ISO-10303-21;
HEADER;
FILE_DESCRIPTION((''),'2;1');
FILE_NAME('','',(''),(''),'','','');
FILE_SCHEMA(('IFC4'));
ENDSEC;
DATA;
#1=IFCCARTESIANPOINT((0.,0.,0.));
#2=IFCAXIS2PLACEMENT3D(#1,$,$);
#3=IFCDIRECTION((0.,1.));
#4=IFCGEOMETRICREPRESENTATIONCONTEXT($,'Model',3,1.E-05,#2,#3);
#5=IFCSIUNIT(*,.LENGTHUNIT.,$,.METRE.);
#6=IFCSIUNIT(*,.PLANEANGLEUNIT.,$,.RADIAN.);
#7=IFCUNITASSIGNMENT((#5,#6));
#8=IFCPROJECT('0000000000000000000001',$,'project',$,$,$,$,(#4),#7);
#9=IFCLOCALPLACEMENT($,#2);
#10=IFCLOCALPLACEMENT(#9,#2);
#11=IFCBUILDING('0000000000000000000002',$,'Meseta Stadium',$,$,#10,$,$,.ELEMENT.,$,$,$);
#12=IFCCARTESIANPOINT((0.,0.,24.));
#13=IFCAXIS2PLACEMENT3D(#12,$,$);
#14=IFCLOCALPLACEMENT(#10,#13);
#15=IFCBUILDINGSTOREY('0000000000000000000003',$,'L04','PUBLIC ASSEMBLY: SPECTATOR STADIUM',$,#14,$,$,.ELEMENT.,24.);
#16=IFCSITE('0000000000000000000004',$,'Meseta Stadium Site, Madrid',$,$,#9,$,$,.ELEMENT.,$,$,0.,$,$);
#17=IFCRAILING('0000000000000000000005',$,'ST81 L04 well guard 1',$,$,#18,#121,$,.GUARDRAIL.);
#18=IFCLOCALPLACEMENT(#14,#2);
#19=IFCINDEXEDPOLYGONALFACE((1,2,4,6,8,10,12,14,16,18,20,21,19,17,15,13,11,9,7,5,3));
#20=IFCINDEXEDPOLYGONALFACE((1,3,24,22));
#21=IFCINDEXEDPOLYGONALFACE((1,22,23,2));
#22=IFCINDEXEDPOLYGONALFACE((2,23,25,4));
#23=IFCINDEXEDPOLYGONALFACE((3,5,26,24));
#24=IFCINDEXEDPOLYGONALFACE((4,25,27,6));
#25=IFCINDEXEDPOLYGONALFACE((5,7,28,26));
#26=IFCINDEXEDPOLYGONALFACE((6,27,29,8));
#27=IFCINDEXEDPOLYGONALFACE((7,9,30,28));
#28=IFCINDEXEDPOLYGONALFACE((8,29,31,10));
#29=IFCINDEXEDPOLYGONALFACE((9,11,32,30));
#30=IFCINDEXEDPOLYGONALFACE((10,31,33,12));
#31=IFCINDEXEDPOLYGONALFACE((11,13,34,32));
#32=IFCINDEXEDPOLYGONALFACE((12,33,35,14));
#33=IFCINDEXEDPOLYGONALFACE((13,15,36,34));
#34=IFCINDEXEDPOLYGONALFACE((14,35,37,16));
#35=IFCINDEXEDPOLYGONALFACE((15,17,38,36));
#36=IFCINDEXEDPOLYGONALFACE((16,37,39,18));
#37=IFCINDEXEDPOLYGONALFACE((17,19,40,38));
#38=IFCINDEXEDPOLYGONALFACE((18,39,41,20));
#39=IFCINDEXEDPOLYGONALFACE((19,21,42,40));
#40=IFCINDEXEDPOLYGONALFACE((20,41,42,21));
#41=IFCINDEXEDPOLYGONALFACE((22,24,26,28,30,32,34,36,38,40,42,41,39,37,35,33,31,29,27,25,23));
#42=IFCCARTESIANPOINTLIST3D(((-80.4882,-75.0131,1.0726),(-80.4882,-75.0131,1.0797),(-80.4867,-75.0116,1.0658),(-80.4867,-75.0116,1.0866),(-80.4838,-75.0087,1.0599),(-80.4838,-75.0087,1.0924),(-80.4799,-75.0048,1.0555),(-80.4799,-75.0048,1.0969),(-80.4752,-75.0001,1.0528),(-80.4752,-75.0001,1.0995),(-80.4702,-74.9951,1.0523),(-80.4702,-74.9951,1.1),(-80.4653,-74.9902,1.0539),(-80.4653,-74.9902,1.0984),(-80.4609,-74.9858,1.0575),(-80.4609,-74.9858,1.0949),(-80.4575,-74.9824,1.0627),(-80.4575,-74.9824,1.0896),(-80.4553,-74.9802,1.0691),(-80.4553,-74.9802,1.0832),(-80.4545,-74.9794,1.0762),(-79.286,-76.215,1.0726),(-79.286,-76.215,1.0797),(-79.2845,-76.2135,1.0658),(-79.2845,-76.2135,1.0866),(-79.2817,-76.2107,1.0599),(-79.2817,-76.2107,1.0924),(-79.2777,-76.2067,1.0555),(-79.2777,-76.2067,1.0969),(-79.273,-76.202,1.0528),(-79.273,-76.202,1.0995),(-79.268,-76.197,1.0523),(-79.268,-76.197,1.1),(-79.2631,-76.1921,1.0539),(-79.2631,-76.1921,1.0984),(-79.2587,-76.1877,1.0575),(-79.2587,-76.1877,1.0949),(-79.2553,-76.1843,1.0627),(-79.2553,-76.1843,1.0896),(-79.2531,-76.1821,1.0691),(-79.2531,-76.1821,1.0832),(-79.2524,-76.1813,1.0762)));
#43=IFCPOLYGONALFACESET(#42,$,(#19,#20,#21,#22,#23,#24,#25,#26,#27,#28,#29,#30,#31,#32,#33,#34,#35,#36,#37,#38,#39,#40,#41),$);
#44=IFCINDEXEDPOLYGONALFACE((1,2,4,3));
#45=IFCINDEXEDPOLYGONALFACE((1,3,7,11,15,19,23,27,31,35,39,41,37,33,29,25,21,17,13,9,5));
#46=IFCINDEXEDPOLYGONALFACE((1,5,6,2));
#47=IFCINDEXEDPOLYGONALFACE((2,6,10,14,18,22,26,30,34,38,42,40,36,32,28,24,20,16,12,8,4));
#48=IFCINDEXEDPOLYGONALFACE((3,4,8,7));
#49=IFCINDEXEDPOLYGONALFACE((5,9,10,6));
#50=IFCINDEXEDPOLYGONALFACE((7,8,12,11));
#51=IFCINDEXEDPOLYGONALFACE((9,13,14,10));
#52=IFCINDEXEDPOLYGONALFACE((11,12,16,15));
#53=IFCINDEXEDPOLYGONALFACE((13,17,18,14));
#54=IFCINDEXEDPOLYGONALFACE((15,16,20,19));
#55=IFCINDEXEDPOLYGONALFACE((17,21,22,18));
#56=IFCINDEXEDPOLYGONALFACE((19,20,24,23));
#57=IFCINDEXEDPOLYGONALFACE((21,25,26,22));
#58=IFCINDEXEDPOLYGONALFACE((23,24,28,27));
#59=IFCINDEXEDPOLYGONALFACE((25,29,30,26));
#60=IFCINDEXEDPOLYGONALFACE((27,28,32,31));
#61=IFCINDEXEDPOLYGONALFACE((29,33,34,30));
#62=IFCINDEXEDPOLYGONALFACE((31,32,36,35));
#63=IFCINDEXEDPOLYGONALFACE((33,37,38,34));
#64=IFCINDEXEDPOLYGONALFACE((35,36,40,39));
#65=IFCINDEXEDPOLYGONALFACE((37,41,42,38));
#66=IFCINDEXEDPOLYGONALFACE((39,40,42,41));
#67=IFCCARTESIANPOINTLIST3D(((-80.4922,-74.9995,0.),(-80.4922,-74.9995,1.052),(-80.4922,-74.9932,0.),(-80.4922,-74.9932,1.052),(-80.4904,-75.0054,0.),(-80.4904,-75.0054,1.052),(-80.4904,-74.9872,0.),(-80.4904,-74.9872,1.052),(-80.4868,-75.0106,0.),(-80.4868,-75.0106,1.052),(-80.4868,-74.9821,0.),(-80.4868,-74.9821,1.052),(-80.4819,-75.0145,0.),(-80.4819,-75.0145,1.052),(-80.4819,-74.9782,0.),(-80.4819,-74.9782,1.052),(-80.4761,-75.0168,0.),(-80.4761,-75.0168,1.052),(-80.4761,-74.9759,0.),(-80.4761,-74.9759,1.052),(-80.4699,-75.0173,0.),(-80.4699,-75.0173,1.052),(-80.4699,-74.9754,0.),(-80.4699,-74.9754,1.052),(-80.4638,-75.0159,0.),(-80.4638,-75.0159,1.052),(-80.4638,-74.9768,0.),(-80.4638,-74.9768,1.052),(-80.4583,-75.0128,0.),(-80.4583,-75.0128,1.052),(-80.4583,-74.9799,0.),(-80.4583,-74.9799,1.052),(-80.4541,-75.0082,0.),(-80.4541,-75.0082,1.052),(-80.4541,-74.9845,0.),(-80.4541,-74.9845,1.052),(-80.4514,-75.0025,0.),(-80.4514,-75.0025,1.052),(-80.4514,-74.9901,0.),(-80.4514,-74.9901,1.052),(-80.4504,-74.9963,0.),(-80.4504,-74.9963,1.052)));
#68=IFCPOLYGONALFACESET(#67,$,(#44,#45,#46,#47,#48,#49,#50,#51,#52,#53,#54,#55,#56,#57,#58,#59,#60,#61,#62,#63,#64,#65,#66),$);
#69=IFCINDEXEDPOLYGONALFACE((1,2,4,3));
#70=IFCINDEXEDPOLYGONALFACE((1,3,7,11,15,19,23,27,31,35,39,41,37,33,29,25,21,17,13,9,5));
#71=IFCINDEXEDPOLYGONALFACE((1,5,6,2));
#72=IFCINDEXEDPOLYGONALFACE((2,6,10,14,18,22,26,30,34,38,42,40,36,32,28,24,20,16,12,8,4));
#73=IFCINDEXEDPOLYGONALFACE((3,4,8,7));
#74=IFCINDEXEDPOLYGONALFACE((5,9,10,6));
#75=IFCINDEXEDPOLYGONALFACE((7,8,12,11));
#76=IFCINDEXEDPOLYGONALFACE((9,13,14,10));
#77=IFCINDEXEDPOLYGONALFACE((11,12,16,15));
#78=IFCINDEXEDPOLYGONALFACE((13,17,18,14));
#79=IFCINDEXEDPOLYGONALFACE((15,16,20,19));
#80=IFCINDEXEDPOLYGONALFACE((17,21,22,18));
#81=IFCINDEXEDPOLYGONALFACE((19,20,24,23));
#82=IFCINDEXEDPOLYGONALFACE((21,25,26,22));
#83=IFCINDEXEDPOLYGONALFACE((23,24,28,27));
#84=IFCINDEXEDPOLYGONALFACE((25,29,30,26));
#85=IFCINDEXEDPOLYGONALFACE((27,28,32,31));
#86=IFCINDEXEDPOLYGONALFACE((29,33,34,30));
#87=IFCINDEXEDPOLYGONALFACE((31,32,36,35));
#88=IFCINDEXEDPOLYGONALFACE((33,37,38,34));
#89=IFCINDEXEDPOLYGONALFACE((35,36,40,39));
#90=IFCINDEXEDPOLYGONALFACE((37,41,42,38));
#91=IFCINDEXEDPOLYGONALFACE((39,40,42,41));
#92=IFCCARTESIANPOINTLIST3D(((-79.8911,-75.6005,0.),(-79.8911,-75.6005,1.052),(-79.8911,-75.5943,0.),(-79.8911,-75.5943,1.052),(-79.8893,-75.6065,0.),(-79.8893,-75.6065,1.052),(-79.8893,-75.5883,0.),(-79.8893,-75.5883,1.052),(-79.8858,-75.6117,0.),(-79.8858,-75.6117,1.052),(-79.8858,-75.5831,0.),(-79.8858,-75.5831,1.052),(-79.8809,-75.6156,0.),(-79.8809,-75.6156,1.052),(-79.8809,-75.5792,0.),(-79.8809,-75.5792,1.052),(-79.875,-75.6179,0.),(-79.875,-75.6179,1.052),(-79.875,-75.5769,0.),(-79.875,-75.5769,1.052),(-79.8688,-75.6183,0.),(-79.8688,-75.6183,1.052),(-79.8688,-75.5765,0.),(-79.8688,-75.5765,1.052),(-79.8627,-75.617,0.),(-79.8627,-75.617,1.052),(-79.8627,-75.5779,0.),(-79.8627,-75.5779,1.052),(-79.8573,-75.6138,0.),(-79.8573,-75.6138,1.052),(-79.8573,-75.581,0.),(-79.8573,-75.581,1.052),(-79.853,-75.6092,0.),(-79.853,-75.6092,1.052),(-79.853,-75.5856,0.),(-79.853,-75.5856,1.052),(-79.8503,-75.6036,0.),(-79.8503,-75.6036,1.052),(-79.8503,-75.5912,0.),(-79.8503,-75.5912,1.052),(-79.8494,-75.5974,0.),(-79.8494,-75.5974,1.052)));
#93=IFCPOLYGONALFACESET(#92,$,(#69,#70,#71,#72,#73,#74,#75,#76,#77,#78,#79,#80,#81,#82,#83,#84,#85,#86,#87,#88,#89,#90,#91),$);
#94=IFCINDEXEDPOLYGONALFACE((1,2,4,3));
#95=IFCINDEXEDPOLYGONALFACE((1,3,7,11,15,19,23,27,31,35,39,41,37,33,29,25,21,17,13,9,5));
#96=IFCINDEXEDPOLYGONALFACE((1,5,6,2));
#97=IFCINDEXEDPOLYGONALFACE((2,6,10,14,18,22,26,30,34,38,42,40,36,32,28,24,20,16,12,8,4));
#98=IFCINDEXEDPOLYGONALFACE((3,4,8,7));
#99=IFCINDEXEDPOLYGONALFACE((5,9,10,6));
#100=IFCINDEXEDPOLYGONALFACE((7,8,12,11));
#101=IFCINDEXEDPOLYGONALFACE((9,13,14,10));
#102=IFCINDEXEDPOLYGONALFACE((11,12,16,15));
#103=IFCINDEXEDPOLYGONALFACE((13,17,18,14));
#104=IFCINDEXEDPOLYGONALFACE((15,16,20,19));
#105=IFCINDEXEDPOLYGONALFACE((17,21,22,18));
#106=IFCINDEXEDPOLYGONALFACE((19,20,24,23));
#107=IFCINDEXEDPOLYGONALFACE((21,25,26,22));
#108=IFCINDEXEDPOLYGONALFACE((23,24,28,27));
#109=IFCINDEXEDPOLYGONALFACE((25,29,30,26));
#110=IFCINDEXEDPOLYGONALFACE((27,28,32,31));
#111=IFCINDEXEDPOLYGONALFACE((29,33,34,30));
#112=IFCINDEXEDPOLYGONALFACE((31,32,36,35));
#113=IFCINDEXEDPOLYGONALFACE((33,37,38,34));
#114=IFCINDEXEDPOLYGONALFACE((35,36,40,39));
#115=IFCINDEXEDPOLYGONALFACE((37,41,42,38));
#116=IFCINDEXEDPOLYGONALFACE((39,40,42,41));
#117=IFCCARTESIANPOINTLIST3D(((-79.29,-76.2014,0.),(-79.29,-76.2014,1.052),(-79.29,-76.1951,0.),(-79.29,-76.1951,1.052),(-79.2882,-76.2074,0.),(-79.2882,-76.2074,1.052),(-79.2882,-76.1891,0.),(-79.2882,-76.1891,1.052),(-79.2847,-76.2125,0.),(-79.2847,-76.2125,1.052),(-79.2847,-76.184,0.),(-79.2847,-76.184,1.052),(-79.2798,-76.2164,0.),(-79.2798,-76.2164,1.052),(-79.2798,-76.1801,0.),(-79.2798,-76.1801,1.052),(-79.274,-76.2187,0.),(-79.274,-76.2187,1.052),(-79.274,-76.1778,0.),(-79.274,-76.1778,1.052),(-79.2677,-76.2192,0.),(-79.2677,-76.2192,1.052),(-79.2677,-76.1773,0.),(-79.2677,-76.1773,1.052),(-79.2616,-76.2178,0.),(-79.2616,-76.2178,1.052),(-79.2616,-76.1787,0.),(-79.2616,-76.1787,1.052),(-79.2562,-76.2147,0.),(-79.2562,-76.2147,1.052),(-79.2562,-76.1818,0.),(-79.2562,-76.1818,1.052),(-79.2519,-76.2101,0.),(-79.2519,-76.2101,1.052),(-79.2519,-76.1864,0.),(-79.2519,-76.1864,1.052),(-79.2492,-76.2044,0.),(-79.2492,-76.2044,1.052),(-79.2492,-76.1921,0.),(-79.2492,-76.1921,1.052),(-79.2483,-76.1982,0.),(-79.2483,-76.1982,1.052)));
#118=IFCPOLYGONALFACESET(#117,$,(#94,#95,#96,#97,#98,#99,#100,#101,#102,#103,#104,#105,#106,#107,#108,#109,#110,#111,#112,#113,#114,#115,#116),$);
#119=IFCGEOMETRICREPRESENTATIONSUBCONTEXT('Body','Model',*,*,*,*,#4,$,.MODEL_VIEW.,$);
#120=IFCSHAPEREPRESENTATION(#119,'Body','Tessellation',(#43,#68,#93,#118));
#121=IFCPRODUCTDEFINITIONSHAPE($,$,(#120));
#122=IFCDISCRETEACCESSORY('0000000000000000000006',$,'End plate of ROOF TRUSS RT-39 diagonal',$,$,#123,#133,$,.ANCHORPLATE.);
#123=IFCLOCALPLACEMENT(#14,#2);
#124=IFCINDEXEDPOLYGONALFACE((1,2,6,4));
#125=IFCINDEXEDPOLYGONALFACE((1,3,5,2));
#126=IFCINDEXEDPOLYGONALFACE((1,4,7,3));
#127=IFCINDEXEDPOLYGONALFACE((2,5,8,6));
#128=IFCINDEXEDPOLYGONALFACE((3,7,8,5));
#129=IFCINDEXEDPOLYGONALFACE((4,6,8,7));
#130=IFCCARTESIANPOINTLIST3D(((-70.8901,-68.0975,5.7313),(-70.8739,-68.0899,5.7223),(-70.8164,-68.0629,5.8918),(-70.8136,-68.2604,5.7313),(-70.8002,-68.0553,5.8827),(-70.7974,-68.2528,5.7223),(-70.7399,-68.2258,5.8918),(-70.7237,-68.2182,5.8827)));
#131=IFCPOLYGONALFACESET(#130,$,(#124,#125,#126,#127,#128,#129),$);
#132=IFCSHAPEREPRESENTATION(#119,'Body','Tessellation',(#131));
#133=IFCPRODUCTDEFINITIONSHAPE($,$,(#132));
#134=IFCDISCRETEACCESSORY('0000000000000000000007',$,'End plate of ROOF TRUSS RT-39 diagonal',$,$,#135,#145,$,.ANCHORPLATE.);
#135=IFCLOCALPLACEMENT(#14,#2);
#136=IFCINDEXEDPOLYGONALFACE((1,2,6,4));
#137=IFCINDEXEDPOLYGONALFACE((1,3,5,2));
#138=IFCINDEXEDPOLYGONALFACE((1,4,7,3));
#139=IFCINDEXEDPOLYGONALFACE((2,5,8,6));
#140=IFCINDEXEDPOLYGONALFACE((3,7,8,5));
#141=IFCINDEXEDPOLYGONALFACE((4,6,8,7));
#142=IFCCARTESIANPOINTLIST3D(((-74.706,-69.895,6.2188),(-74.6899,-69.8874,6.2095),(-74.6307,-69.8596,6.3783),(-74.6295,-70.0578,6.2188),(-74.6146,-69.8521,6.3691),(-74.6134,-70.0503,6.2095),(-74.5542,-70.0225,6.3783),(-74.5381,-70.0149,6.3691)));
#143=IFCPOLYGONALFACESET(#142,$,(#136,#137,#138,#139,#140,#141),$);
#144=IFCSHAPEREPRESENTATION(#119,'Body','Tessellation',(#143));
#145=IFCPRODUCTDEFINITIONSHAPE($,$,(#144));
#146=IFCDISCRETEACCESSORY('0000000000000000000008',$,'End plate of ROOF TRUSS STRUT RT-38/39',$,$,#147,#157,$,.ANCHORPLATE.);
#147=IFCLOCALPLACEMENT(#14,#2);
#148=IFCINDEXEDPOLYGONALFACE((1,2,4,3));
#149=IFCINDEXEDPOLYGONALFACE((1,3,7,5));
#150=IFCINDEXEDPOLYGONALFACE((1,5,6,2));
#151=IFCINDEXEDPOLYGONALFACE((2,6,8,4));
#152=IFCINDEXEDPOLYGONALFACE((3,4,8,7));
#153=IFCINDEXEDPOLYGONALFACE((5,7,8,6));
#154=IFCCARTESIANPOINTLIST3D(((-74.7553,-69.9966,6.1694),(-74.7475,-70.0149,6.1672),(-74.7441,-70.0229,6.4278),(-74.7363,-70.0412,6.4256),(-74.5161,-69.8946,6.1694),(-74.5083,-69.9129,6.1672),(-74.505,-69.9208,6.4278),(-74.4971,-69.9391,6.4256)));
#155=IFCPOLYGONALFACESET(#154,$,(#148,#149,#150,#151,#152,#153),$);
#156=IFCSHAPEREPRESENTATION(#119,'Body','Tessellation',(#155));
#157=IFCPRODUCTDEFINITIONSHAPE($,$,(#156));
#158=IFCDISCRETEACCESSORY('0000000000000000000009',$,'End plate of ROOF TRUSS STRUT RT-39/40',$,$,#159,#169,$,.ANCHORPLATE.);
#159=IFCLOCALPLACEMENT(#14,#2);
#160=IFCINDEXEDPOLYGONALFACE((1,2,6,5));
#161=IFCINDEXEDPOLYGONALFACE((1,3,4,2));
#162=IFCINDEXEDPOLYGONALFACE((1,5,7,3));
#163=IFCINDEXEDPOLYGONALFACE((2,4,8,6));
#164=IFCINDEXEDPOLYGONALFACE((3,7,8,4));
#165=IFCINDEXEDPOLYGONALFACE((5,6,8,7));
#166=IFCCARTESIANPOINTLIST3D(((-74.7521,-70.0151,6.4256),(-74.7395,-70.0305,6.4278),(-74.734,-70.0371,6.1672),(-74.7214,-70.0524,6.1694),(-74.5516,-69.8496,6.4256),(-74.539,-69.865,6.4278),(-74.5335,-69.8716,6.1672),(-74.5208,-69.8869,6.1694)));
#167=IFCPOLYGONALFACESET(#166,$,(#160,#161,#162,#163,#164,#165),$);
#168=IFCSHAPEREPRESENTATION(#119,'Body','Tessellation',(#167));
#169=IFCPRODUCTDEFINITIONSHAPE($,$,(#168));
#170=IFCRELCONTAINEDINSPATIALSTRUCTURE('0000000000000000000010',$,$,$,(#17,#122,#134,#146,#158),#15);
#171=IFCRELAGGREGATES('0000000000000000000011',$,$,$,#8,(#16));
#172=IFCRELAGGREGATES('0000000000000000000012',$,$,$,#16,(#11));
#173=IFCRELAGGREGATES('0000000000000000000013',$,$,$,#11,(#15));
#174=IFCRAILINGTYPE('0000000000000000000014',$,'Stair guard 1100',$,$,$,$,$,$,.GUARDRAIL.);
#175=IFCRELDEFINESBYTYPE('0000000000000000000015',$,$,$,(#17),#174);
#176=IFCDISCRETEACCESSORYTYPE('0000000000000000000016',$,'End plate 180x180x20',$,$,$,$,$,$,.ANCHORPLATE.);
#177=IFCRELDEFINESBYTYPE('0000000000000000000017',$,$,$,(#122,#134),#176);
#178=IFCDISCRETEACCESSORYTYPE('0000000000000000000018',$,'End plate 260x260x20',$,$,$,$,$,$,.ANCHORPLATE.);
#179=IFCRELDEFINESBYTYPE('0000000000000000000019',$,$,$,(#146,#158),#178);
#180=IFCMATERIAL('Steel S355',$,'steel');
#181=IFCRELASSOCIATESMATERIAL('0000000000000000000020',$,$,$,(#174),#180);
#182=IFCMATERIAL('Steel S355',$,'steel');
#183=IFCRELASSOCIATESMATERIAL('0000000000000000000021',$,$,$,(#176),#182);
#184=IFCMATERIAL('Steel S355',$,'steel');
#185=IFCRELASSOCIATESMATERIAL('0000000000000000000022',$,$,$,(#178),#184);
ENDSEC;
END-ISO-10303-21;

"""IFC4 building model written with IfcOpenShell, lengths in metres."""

from ifc_helpers import new_model, si_unit, direction, frame, origin, origin_2d, place, context, subcontext, project, spatial, rectangle, circle, extrude, material, material_profile, profile_set, type_object, element, save


model = new_model("IFC4")

# Units and contexts
model_context = context("Model", 3, precision=1e-05, world=origin(), true_north=direction((0.0, 1.0)))
body_context = subcontext(model_context, "Body", "Model", "MODEL_VIEW")
ifc_project = project(units=[si_unit("LENGTHUNIT", "METRE"), si_unit("PLANEANGLEUNIT", "RADIAN")], contexts=[model_context])

# Site, building, storey
site_placement = place(None, origin())
site = spatial("IfcSite", under=ifc_project, at=site_placement, Name="Meseta Stadium Site, Madrid", CompositionType="ELEMENT", RefElevation=0.0)
building_placement = place(site_placement, origin())
building = spatial("IfcBuilding", under=site, at=building_placement, Name="Meseta Stadium", CompositionType="ELEMENT")
storey_placement = place(building_placement, frame((0.0, 0.0, 24.0)))
storey = spatial("IfcBuildingStorey", under=building, at=storey_placement, Name="L04", Description="PUBLIC ASSEMBLY: SPECTATOR STADIUM", CompositionType="ELEMENT", Elevation=24.0)

# Railing
ifc_material_1 = material(Name="Steel S355", Category="steel")
railing_type_1 = type_object("IfcRailingType", Name="Stair guard 1100", PredefinedType="GUARDRAIL", material=ifc_material_1)
railing_1_placement = place(storey_placement, frame((-80.4714, -74.9963, 0.0)))
element("IfcRailing", 1, at=railing_1_placement, inside=storey, type_object=railing_type_1, Name="ST81 L04 well guard 1", PredefinedType="GUARDRAIL", context=body_context, shape_type="SweptSolid", body=[
    extrude(circle(Radius=0.0239, at=origin_2d()), frame((0.0, 0.0, 1.0762), z_axis=(0.707179, -0.707035, 0.0), x_axis=(0.707035, 0.707179, 0.0)), (0.0, 0.0, 1.0), 1.7),
    extrude(circle(Radius=0.021, at=origin_2d()), origin(), (0.0, 0.0, 1.0), 1.052),
    extrude(circle(Radius=0.021, at=origin_2d()), frame((0.6011, -0.6011, 0.0)), (0.0, 0.0, 1.0), 1.052),
    extrude(circle(Radius=0.021, at=origin_2d()), frame((1.2021, -1.2019, 0.0)), (0.0, 0.0, 1.0), 1.052),
])

# Discrete accessories
ifc_material_2 = material(Name="Steel S355", Category="steel")
ifc_material_profile_1 = material_profile(ifc_material_2, rectangle(XDim=0.1799, YDim=0.1799, at=origin_2d()), Name="PL 180x180")
ifc_profile_set_1 = profile_set([ifc_material_profile_1], Name="Steel S355")
discrete_accessory_type_1 = type_object("IfcDiscreteAccessoryType", Name="End plate 180x180x20", PredefinedType="ANCHORPLATE", material=ifc_profile_set_1)
for number, where, z_axis, x_axis, name in (
    (2, (-70.7988, -68.1541, 5.8025), (-0.807162, -0.379122, 0.4525), (0.425136, -0.905129, 0.0), "End plate of ROOF TRUSS RT-39 diagonal"),
    (3, (-74.614, -69.9512, 6.2893), (-0.802673, -0.377013, 0.462145), (0.425136, -0.905129, 0.0), "End plate of ROOF TRUSS RT-39 diagonal"),
):
    element("IfcDiscreteAccessory", number, at=place(storey_placement, frame(where, z_axis=z_axis, x_axis=x_axis)), inside=storey, type_object=discrete_accessory_type_1, Name=name, PredefinedType="ANCHORPLATE", context=body_context, shape_type="SweptSolid", body=[
        extrude(rectangle(XDim=0.1799, YDim=0.1799, at=origin_2d()), origin(), (0.0, 0.0, 1.0), 0.02),
    ])
ifc_material_3 = material(Name="Steel S355", Category="steel")
ifc_material_profile_2 = material_profile(ifc_material_3, rectangle(XDim=0.26, YDim=0.26, at=origin_2d()), Name="PL 260x260")
ifc_profile_set_2 = profile_set([ifc_material_profile_2], Name="Steel S355")
discrete_accessory_type_2 = type_object("IfcDiscreteAccessoryType", Name="End plate 260x260x20", PredefinedType="ANCHORPLATE", material=ifc_profile_set_2)
for number, where, z_axis, x_axis, name in (
    (4, (-74.6301, -69.9587, 6.2986), (0.39007, -0.914226, -0.109707), (0.919778, 0.392439, 0.0), "End plate of ROOF TRUSS STRUT RT-38/39"),
    (5, (-74.6428, -69.9434, 6.2964), (0.632736, -0.766584, 0.109512), (0.771223, 0.636565, 0.0), "End plate of ROOF TRUSS STRUT RT-39/40"),
):
    element("IfcDiscreteAccessory", number, at=place(storey_placement, frame(where, z_axis=z_axis, x_axis=x_axis)), inside=storey, type_object=discrete_accessory_type_2, Name=name, PredefinedType="ANCHORPLATE", context=body_context, shape_type="SweptSolid", body=[
        extrude(rectangle(XDim=0.26, YDim=0.26, at=origin_2d()), origin(), (0.0, 0.0, 1.0), 0.02),
    ])

save(model, "model.ifc")
